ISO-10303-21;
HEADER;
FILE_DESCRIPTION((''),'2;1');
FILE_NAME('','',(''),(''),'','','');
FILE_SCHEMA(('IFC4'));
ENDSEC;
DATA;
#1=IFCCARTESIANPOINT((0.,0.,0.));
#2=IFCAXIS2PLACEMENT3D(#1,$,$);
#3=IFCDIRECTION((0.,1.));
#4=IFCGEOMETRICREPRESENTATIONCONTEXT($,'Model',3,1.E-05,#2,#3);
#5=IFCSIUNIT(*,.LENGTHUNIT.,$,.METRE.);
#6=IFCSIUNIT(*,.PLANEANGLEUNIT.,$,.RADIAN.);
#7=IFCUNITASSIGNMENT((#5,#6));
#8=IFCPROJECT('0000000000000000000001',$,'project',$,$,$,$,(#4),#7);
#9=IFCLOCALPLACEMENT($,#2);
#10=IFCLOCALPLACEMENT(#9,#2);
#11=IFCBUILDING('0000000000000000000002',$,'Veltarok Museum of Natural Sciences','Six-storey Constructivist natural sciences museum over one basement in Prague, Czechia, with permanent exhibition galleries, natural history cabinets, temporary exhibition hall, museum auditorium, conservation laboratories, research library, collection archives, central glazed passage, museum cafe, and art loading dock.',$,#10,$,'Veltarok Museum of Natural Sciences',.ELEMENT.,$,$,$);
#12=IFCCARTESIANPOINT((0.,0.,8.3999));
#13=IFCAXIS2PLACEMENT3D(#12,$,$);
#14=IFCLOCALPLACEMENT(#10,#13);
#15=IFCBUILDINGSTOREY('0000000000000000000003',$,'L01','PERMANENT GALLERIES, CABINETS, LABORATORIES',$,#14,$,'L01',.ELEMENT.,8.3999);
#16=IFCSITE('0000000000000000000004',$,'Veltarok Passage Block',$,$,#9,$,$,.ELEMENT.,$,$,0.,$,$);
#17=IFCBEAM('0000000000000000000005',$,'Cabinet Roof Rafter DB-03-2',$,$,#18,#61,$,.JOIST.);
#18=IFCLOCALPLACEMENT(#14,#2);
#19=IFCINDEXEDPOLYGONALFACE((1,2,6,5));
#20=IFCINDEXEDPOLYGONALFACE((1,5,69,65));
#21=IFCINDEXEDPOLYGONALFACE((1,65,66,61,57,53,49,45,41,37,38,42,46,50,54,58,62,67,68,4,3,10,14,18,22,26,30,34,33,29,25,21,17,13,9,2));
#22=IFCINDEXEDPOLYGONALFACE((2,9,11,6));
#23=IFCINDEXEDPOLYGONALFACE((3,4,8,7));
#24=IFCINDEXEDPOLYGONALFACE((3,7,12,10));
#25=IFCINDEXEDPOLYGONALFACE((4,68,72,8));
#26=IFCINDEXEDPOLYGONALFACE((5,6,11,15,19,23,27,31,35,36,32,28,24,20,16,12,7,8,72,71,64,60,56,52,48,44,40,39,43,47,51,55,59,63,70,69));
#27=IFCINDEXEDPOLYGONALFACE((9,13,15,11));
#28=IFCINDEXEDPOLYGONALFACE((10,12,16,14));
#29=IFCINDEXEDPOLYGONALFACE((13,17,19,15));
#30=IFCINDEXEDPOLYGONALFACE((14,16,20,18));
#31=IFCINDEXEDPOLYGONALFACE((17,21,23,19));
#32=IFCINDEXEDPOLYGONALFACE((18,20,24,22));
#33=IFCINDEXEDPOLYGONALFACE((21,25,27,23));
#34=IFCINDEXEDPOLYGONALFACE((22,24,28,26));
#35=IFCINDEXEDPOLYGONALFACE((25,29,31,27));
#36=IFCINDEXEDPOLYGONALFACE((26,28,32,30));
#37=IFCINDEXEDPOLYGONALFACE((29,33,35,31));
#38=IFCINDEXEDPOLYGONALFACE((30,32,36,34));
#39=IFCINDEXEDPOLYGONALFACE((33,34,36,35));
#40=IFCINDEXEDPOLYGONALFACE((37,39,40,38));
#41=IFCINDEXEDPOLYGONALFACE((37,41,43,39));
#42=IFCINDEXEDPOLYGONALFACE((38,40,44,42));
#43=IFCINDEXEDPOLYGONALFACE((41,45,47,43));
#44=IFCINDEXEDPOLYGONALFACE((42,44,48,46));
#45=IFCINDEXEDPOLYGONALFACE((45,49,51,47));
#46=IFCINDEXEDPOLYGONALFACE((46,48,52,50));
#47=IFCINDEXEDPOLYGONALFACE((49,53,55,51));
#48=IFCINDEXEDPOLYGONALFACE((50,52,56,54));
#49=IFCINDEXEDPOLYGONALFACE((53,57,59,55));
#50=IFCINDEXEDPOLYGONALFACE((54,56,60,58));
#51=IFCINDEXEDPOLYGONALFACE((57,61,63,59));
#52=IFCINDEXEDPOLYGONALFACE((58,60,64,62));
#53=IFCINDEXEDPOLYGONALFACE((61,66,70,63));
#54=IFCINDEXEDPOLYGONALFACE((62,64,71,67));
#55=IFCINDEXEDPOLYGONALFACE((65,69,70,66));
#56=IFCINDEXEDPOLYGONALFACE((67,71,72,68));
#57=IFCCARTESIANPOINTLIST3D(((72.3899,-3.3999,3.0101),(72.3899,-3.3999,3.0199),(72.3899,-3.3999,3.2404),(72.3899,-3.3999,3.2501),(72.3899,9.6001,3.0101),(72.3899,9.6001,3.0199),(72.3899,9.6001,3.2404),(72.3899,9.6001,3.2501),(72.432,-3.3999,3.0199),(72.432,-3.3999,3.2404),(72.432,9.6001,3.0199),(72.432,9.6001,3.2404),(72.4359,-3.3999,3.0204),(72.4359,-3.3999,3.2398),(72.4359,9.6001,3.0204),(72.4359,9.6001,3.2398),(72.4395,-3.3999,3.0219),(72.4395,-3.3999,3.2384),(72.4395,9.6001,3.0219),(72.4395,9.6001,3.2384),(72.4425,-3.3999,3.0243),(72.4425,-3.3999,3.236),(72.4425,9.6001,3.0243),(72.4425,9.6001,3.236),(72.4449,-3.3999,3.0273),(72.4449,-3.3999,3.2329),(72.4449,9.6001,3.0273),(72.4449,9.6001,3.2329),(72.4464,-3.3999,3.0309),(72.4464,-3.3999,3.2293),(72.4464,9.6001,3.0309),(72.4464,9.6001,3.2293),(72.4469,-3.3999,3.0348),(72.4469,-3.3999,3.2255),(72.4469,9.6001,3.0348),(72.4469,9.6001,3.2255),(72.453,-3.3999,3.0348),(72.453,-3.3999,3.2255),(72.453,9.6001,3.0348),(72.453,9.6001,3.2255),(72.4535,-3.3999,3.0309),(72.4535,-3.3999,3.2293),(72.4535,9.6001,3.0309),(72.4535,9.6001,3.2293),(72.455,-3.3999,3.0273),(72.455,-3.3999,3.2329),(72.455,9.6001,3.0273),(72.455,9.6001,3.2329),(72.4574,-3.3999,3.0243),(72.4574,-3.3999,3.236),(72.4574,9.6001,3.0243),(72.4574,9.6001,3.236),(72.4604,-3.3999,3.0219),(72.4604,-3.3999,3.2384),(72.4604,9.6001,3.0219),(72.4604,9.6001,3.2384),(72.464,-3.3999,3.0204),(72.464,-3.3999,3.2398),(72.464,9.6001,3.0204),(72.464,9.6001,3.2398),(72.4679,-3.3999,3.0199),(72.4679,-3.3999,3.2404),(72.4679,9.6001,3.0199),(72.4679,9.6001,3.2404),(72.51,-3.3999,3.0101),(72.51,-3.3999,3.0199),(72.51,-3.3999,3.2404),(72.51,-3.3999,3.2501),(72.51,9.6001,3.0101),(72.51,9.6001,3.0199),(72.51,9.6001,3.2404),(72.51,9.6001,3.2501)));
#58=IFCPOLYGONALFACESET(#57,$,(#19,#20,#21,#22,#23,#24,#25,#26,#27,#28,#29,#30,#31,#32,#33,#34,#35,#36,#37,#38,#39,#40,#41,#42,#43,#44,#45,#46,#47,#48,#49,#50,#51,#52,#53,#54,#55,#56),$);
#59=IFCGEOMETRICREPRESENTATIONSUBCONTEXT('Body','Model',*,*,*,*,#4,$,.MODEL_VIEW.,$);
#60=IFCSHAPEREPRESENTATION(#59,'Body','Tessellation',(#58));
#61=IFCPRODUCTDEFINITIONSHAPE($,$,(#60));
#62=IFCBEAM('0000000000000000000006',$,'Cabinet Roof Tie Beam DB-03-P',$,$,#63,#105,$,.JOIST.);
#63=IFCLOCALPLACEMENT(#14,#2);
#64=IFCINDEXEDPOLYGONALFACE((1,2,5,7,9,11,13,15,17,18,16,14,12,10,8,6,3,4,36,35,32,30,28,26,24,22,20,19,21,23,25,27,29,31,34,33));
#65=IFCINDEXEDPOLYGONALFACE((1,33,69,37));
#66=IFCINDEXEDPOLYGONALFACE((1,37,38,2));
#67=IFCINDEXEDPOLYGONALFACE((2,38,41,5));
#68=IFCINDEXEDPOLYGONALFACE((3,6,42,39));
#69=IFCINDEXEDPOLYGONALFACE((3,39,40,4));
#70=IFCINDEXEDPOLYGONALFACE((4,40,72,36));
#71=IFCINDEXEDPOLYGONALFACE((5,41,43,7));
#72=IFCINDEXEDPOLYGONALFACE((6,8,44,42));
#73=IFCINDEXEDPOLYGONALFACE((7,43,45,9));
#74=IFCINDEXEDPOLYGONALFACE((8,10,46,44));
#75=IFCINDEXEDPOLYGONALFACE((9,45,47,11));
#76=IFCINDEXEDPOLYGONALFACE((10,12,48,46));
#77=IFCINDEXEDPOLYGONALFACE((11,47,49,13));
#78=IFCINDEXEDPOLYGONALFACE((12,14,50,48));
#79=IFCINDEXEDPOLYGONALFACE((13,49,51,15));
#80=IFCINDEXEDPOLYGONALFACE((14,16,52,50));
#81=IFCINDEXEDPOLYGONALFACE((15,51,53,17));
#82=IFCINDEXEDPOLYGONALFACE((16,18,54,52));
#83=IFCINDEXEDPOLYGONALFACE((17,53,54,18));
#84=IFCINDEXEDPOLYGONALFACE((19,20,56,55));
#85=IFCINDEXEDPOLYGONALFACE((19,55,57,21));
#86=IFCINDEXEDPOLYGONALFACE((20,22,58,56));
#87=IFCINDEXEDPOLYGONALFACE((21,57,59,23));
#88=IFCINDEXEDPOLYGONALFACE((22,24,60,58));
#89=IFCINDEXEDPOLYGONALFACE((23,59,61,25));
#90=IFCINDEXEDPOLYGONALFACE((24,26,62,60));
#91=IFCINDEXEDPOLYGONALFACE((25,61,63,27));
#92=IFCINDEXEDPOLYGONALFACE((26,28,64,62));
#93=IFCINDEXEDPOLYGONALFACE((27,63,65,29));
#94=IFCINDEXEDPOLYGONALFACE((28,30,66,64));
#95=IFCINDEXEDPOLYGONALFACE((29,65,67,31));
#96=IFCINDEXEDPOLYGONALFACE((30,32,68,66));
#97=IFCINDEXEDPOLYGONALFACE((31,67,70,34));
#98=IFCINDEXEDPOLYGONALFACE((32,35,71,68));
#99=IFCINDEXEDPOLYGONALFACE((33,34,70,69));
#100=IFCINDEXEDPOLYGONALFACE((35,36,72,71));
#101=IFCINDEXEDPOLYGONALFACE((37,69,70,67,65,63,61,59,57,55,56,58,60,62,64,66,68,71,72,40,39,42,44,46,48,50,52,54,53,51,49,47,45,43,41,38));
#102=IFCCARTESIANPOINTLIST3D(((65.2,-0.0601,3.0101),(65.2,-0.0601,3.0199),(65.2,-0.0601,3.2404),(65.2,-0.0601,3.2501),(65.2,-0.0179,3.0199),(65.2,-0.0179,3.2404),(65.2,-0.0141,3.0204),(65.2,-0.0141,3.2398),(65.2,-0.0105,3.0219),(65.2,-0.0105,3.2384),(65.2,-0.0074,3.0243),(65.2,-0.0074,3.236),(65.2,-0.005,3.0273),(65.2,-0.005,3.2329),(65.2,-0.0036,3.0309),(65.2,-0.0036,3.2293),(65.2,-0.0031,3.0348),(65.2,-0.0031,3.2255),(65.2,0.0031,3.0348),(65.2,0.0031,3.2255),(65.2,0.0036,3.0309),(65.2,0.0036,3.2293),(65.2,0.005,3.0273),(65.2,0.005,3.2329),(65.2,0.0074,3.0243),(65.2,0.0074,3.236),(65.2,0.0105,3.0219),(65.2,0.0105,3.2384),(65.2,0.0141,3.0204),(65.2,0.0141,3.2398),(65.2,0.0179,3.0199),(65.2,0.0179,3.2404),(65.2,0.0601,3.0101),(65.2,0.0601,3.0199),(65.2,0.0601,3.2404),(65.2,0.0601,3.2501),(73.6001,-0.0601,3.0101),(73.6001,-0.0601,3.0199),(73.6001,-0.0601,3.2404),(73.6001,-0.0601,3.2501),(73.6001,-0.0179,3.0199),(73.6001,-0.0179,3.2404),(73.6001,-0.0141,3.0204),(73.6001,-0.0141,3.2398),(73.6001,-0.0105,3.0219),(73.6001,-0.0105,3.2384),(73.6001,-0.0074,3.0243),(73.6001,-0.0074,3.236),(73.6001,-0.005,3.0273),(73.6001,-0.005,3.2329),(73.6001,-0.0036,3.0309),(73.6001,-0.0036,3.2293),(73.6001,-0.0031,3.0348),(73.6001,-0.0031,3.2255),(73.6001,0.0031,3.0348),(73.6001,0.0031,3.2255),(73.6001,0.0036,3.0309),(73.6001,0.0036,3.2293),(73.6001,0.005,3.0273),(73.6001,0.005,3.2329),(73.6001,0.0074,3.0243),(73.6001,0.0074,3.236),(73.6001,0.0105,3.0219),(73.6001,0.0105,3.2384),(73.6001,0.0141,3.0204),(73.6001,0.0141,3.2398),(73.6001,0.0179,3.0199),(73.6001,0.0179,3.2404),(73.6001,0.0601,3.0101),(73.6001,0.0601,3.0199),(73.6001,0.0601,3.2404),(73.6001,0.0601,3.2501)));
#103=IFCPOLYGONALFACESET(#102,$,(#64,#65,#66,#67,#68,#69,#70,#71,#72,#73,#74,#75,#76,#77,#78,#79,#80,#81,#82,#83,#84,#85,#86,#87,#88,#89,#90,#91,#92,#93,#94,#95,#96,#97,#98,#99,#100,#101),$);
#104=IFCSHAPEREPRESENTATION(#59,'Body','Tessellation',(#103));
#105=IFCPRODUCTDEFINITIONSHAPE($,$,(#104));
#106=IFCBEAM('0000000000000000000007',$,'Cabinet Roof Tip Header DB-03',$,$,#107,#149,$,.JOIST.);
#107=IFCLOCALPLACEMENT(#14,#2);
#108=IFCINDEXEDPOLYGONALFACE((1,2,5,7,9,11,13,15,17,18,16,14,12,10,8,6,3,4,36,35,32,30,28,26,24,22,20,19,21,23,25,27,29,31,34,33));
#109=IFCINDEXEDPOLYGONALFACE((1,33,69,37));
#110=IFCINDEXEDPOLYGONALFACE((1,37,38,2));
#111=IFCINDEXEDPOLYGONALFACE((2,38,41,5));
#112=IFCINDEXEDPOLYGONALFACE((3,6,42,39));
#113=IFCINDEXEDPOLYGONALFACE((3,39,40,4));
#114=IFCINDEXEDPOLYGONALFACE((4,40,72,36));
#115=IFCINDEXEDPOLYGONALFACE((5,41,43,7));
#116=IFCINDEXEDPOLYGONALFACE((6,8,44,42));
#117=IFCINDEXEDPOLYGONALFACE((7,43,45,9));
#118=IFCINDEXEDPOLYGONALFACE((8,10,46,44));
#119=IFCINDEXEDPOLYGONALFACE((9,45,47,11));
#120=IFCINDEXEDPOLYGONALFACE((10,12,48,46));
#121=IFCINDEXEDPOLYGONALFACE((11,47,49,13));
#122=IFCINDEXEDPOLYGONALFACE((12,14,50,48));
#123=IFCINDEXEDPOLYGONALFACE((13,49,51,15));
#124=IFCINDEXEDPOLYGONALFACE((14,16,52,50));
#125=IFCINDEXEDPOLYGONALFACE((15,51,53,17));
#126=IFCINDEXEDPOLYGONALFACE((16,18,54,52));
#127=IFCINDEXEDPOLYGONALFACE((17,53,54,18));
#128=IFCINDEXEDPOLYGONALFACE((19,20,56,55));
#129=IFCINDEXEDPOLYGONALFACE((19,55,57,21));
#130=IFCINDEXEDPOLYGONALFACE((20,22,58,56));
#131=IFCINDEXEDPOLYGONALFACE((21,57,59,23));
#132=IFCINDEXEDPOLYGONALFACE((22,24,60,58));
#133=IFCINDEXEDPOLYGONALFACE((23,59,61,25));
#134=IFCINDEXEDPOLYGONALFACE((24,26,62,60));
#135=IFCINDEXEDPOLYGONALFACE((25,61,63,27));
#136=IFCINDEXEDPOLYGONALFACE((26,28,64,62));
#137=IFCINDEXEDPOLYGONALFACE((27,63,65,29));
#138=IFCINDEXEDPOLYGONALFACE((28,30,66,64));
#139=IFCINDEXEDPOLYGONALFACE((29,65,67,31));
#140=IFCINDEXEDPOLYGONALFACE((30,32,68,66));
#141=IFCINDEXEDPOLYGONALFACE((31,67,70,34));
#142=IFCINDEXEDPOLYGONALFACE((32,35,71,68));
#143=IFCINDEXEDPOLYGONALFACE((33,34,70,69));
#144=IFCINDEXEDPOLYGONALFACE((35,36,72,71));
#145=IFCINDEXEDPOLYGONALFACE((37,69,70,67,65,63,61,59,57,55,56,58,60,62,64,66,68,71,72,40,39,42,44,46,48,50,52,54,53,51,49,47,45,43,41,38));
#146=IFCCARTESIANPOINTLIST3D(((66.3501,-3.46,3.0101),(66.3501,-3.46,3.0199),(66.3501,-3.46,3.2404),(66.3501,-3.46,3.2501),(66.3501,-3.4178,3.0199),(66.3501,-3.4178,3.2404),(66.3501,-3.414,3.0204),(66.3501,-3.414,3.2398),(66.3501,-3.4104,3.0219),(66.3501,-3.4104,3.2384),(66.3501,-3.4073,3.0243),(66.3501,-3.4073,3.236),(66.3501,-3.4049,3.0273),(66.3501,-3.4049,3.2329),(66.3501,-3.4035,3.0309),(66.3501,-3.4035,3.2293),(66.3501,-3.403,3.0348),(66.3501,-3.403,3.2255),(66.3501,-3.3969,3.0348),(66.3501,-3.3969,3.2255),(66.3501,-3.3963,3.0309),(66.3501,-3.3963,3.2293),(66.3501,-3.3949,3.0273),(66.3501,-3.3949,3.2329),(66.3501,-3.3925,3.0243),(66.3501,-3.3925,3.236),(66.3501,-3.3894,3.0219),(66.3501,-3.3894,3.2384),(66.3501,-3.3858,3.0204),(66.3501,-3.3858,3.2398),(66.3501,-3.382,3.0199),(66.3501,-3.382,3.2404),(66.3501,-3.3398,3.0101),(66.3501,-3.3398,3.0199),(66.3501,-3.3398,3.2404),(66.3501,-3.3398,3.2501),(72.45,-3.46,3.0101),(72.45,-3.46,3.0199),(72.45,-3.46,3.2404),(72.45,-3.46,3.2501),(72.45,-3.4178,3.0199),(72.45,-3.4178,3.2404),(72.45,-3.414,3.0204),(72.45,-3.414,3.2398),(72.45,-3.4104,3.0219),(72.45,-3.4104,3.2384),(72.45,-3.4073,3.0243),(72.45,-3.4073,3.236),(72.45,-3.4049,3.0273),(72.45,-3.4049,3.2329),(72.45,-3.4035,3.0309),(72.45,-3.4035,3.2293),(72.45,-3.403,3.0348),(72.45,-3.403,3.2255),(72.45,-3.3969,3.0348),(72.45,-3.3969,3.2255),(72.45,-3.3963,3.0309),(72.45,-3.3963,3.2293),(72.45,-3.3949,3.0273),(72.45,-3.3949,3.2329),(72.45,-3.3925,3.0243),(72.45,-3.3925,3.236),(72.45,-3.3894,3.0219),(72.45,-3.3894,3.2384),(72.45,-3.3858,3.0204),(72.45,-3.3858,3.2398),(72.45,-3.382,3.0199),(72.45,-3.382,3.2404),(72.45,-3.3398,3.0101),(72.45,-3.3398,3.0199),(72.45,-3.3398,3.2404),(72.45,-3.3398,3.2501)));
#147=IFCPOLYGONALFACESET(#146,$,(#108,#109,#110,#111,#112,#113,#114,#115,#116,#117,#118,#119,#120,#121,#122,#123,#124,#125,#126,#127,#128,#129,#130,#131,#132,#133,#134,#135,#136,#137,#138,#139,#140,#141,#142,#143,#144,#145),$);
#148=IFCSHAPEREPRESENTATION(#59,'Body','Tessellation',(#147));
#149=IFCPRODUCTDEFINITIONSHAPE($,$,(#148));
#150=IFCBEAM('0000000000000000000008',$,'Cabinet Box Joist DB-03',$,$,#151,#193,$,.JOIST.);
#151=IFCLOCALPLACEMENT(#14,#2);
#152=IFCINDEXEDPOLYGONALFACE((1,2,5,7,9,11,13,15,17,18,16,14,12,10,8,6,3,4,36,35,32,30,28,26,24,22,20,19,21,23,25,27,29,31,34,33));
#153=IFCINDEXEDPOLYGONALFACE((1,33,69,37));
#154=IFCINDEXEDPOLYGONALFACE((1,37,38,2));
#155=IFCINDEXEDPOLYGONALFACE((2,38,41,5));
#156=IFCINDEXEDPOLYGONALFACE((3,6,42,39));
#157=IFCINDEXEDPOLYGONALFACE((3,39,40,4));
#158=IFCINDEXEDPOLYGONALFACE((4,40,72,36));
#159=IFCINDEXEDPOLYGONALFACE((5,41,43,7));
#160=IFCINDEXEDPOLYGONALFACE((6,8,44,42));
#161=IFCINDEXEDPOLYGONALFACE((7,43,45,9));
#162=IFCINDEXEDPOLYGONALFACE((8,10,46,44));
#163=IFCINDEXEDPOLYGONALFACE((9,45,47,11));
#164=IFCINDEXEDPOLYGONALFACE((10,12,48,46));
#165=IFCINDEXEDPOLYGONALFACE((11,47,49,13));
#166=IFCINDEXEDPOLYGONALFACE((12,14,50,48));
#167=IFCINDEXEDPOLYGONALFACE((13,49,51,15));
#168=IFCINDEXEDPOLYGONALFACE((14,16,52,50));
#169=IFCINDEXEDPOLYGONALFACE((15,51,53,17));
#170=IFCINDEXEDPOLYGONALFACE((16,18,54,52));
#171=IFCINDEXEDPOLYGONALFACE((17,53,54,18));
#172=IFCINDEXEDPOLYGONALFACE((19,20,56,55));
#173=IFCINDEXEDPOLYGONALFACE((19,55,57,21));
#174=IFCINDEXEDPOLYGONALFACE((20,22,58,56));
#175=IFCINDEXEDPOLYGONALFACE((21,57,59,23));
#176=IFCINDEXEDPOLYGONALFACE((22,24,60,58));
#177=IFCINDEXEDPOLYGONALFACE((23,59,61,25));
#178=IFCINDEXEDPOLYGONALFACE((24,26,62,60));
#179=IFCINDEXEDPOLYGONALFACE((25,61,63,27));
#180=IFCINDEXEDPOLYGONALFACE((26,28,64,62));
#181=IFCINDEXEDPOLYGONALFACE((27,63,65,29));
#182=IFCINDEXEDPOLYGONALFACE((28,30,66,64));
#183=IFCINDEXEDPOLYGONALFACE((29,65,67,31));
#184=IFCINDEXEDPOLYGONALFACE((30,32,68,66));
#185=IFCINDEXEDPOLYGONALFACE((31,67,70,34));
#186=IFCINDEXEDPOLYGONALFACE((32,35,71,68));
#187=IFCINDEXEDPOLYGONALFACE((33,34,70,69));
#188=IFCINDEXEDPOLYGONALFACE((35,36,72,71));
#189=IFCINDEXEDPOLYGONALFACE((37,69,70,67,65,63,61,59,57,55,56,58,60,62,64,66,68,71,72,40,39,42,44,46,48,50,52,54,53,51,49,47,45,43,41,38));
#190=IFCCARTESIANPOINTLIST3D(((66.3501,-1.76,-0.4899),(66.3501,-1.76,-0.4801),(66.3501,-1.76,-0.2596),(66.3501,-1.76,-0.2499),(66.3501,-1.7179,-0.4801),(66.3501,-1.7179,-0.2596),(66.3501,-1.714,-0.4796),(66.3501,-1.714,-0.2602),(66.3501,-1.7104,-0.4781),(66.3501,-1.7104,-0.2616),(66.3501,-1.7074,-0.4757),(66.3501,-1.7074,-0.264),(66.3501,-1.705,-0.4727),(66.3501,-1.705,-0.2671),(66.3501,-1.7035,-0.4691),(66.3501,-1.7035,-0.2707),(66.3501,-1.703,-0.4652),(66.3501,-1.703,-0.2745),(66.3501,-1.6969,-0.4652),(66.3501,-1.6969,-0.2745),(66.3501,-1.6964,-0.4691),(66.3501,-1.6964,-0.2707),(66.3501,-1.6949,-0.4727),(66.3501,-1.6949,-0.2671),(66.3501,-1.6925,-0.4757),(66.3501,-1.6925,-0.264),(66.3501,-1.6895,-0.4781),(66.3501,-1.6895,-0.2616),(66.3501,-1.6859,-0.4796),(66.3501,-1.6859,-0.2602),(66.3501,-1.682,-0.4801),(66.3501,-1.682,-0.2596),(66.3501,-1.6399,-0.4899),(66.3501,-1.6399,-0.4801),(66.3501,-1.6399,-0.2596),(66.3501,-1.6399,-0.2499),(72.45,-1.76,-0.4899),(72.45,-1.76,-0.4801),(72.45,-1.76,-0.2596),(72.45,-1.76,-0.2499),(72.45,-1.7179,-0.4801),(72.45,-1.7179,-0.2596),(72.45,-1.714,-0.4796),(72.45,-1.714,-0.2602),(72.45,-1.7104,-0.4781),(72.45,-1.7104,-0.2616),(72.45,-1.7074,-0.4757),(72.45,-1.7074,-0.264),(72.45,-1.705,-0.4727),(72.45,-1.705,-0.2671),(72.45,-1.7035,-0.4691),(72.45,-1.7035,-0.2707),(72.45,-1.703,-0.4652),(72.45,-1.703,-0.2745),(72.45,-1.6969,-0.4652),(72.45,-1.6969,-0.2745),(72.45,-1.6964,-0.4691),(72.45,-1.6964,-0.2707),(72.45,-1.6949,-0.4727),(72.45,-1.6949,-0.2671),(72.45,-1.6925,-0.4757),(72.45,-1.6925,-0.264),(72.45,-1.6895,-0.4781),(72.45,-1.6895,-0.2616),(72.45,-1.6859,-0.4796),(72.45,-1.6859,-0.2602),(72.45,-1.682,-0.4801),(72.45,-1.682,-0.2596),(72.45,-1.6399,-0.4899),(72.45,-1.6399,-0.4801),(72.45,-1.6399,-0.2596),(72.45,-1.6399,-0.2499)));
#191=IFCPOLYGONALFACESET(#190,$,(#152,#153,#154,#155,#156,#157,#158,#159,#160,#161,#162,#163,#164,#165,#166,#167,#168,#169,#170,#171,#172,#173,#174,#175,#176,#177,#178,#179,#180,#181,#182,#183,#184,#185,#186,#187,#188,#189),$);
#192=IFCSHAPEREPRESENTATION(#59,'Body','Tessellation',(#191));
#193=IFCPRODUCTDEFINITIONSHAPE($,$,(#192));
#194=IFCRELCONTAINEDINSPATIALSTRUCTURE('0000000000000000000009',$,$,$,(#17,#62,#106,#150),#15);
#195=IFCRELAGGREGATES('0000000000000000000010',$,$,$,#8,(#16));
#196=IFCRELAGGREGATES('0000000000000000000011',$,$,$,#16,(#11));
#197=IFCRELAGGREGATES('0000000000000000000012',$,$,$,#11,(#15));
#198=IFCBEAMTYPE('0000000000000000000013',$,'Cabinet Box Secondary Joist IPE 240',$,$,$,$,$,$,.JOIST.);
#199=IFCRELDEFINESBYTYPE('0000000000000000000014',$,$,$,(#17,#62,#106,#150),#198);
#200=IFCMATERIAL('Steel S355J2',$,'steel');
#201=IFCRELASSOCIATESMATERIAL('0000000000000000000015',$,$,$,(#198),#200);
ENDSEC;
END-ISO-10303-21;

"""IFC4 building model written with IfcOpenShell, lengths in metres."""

from ifc_helpers import new_model, si_unit, direction, frame, origin, origin_2d, place, context, subcontext, project, spatial, i_section, extrude, material, material_profile, profile_set, type_object, element, save


model = new_model("IFC4")

# Units and contexts
model_context = context("Model", 3, precision=1e-05, world=origin(), true_north=direction((0.0, 1.0)))
body_context = subcontext(model_context, "Body", "Model", "MODEL_VIEW")
ifc_project = project(units=[si_unit("LENGTHUNIT", "METRE"), si_unit("PLANEANGLEUNIT", "RADIAN")], contexts=[model_context])

# Site, building, storey
site_placement = place(None, origin())
site = spatial("IfcSite", under=ifc_project, at=site_placement, Name="Veltarok Passage Block", CompositionType="ELEMENT", RefElevation=0.0)
building_placement = place(site_placement, origin())
building = spatial("IfcBuilding", under=site, at=building_placement, Name="Veltarok Museum of Natural Sciences", Description="Six-storey Constructivist natural sciences museum over one basement in Prague, Czechia, with permanent exhibition galleries, natural history cabinets, temporary exhibition hall, museum auditorium, conservation laboratories, research library, collection archives, central glazed passage, museum cafe, and art loading dock.", LongName="Veltarok Museum of Natural Sciences", CompositionType="ELEMENT")
storey_placement = place(building_placement, frame((0.0, 0.0, 8.3999)))
storey = spatial("IfcBuildingStorey", under=building, at=storey_placement, Name="L01", Description="PERMANENT GALLERIES, CABINETS, LABORATORIES", LongName="L01", CompositionType="ELEMENT", Elevation=8.3999)

# Beams
ifc_material_1 = material(Name="Steel S355J2", Category="steel")
ifc_material_profile_1 = material_profile(ifc_material_1, i_section(OverallWidth=0.1201, OverallDepth=0.24, WebThickness=0.0061, FlangeThickness=0.0098, FilletRadius=0.0149, at=origin_2d()), Name="IPE 240")
ifc_profile_set_1 = profile_set([ifc_material_profile_1], Name="Steel S355J2")
beam_type_1 = type_object("IfcBeamType", Name="Cabinet Box Secondary Joist IPE 240", PredefinedType="JOIST", material=ifc_profile_set_1)
for number, where, z_axis, x_axis, name in (
    (1, (72.45, -3.3999, 3.1301), (0.0, 1.0, 0.0), (-1.0, 0.0, 0.0), "Cabinet Roof Rafter DB-03-2"),
):
    element("IfcBeam", number, at=place(storey_placement, frame(where, z_axis=z_axis, x_axis=x_axis)), inside=storey, type_object=beam_type_1, Name=name, PredefinedType="JOIST", context=body_context, shape_type="SweptSolid", body=[
        extrude(i_section(OverallWidth=0.1201, OverallDepth=0.24, WebThickness=0.0061, FlangeThickness=0.0098, FilletRadius=0.0149, at=origin_2d()), origin(), (0.0, 0.0, 1.0), 13.0),
    ])
beam_1_placement = place(storey_placement, frame((65.2, 0.0, 3.1301), z_axis=(1.0, 0.0, 0.0), x_axis=(0.0, 1.0, 0.0)))
element("IfcBeam", 2, at=beam_1_placement, inside=storey, type_object=beam_type_1, Name="Cabinet Roof Tie Beam DB-03-P", PredefinedType="JOIST", context=body_context, shape_type="SweptSolid", body=[
    extrude(i_section(OverallWidth=0.1201, OverallDepth=0.24, WebThickness=0.0061, FlangeThickness=0.0098, FilletRadius=0.0149, at=origin_2d()), origin(), (0.0, 0.0, 1.0), 8.4001),
])
for number, where, z_axis, x_axis, name in (
    (3, (66.3501, -3.3999, 3.1301), (1.0, 0.0, 0.0), (0.0, 1.0, 0.0), "Cabinet Roof Tip Header DB-03"),
    (4, (66.3501, -1.7, -0.3699), (1.0, 0.0, 0.0), (0.0, 1.0, 0.0), "Cabinet Box Joist DB-03"),
):
    element("IfcBeam", number, at=place(storey_placement, frame(where, z_axis=z_axis, x_axis=x_axis)), inside=storey, type_object=beam_type_1, Name=name, PredefinedType="JOIST", context=body_context, shape_type="SweptSolid", body=[
        extrude(i_section(OverallWidth=0.1201, OverallDepth=0.24, WebThickness=0.0061, FlangeThickness=0.0098, FilletRadius=0.0149, at=origin_2d()), origin(), (0.0, 0.0, 1.0), 6.0999),
    ])

save(model, "model.ifc")
